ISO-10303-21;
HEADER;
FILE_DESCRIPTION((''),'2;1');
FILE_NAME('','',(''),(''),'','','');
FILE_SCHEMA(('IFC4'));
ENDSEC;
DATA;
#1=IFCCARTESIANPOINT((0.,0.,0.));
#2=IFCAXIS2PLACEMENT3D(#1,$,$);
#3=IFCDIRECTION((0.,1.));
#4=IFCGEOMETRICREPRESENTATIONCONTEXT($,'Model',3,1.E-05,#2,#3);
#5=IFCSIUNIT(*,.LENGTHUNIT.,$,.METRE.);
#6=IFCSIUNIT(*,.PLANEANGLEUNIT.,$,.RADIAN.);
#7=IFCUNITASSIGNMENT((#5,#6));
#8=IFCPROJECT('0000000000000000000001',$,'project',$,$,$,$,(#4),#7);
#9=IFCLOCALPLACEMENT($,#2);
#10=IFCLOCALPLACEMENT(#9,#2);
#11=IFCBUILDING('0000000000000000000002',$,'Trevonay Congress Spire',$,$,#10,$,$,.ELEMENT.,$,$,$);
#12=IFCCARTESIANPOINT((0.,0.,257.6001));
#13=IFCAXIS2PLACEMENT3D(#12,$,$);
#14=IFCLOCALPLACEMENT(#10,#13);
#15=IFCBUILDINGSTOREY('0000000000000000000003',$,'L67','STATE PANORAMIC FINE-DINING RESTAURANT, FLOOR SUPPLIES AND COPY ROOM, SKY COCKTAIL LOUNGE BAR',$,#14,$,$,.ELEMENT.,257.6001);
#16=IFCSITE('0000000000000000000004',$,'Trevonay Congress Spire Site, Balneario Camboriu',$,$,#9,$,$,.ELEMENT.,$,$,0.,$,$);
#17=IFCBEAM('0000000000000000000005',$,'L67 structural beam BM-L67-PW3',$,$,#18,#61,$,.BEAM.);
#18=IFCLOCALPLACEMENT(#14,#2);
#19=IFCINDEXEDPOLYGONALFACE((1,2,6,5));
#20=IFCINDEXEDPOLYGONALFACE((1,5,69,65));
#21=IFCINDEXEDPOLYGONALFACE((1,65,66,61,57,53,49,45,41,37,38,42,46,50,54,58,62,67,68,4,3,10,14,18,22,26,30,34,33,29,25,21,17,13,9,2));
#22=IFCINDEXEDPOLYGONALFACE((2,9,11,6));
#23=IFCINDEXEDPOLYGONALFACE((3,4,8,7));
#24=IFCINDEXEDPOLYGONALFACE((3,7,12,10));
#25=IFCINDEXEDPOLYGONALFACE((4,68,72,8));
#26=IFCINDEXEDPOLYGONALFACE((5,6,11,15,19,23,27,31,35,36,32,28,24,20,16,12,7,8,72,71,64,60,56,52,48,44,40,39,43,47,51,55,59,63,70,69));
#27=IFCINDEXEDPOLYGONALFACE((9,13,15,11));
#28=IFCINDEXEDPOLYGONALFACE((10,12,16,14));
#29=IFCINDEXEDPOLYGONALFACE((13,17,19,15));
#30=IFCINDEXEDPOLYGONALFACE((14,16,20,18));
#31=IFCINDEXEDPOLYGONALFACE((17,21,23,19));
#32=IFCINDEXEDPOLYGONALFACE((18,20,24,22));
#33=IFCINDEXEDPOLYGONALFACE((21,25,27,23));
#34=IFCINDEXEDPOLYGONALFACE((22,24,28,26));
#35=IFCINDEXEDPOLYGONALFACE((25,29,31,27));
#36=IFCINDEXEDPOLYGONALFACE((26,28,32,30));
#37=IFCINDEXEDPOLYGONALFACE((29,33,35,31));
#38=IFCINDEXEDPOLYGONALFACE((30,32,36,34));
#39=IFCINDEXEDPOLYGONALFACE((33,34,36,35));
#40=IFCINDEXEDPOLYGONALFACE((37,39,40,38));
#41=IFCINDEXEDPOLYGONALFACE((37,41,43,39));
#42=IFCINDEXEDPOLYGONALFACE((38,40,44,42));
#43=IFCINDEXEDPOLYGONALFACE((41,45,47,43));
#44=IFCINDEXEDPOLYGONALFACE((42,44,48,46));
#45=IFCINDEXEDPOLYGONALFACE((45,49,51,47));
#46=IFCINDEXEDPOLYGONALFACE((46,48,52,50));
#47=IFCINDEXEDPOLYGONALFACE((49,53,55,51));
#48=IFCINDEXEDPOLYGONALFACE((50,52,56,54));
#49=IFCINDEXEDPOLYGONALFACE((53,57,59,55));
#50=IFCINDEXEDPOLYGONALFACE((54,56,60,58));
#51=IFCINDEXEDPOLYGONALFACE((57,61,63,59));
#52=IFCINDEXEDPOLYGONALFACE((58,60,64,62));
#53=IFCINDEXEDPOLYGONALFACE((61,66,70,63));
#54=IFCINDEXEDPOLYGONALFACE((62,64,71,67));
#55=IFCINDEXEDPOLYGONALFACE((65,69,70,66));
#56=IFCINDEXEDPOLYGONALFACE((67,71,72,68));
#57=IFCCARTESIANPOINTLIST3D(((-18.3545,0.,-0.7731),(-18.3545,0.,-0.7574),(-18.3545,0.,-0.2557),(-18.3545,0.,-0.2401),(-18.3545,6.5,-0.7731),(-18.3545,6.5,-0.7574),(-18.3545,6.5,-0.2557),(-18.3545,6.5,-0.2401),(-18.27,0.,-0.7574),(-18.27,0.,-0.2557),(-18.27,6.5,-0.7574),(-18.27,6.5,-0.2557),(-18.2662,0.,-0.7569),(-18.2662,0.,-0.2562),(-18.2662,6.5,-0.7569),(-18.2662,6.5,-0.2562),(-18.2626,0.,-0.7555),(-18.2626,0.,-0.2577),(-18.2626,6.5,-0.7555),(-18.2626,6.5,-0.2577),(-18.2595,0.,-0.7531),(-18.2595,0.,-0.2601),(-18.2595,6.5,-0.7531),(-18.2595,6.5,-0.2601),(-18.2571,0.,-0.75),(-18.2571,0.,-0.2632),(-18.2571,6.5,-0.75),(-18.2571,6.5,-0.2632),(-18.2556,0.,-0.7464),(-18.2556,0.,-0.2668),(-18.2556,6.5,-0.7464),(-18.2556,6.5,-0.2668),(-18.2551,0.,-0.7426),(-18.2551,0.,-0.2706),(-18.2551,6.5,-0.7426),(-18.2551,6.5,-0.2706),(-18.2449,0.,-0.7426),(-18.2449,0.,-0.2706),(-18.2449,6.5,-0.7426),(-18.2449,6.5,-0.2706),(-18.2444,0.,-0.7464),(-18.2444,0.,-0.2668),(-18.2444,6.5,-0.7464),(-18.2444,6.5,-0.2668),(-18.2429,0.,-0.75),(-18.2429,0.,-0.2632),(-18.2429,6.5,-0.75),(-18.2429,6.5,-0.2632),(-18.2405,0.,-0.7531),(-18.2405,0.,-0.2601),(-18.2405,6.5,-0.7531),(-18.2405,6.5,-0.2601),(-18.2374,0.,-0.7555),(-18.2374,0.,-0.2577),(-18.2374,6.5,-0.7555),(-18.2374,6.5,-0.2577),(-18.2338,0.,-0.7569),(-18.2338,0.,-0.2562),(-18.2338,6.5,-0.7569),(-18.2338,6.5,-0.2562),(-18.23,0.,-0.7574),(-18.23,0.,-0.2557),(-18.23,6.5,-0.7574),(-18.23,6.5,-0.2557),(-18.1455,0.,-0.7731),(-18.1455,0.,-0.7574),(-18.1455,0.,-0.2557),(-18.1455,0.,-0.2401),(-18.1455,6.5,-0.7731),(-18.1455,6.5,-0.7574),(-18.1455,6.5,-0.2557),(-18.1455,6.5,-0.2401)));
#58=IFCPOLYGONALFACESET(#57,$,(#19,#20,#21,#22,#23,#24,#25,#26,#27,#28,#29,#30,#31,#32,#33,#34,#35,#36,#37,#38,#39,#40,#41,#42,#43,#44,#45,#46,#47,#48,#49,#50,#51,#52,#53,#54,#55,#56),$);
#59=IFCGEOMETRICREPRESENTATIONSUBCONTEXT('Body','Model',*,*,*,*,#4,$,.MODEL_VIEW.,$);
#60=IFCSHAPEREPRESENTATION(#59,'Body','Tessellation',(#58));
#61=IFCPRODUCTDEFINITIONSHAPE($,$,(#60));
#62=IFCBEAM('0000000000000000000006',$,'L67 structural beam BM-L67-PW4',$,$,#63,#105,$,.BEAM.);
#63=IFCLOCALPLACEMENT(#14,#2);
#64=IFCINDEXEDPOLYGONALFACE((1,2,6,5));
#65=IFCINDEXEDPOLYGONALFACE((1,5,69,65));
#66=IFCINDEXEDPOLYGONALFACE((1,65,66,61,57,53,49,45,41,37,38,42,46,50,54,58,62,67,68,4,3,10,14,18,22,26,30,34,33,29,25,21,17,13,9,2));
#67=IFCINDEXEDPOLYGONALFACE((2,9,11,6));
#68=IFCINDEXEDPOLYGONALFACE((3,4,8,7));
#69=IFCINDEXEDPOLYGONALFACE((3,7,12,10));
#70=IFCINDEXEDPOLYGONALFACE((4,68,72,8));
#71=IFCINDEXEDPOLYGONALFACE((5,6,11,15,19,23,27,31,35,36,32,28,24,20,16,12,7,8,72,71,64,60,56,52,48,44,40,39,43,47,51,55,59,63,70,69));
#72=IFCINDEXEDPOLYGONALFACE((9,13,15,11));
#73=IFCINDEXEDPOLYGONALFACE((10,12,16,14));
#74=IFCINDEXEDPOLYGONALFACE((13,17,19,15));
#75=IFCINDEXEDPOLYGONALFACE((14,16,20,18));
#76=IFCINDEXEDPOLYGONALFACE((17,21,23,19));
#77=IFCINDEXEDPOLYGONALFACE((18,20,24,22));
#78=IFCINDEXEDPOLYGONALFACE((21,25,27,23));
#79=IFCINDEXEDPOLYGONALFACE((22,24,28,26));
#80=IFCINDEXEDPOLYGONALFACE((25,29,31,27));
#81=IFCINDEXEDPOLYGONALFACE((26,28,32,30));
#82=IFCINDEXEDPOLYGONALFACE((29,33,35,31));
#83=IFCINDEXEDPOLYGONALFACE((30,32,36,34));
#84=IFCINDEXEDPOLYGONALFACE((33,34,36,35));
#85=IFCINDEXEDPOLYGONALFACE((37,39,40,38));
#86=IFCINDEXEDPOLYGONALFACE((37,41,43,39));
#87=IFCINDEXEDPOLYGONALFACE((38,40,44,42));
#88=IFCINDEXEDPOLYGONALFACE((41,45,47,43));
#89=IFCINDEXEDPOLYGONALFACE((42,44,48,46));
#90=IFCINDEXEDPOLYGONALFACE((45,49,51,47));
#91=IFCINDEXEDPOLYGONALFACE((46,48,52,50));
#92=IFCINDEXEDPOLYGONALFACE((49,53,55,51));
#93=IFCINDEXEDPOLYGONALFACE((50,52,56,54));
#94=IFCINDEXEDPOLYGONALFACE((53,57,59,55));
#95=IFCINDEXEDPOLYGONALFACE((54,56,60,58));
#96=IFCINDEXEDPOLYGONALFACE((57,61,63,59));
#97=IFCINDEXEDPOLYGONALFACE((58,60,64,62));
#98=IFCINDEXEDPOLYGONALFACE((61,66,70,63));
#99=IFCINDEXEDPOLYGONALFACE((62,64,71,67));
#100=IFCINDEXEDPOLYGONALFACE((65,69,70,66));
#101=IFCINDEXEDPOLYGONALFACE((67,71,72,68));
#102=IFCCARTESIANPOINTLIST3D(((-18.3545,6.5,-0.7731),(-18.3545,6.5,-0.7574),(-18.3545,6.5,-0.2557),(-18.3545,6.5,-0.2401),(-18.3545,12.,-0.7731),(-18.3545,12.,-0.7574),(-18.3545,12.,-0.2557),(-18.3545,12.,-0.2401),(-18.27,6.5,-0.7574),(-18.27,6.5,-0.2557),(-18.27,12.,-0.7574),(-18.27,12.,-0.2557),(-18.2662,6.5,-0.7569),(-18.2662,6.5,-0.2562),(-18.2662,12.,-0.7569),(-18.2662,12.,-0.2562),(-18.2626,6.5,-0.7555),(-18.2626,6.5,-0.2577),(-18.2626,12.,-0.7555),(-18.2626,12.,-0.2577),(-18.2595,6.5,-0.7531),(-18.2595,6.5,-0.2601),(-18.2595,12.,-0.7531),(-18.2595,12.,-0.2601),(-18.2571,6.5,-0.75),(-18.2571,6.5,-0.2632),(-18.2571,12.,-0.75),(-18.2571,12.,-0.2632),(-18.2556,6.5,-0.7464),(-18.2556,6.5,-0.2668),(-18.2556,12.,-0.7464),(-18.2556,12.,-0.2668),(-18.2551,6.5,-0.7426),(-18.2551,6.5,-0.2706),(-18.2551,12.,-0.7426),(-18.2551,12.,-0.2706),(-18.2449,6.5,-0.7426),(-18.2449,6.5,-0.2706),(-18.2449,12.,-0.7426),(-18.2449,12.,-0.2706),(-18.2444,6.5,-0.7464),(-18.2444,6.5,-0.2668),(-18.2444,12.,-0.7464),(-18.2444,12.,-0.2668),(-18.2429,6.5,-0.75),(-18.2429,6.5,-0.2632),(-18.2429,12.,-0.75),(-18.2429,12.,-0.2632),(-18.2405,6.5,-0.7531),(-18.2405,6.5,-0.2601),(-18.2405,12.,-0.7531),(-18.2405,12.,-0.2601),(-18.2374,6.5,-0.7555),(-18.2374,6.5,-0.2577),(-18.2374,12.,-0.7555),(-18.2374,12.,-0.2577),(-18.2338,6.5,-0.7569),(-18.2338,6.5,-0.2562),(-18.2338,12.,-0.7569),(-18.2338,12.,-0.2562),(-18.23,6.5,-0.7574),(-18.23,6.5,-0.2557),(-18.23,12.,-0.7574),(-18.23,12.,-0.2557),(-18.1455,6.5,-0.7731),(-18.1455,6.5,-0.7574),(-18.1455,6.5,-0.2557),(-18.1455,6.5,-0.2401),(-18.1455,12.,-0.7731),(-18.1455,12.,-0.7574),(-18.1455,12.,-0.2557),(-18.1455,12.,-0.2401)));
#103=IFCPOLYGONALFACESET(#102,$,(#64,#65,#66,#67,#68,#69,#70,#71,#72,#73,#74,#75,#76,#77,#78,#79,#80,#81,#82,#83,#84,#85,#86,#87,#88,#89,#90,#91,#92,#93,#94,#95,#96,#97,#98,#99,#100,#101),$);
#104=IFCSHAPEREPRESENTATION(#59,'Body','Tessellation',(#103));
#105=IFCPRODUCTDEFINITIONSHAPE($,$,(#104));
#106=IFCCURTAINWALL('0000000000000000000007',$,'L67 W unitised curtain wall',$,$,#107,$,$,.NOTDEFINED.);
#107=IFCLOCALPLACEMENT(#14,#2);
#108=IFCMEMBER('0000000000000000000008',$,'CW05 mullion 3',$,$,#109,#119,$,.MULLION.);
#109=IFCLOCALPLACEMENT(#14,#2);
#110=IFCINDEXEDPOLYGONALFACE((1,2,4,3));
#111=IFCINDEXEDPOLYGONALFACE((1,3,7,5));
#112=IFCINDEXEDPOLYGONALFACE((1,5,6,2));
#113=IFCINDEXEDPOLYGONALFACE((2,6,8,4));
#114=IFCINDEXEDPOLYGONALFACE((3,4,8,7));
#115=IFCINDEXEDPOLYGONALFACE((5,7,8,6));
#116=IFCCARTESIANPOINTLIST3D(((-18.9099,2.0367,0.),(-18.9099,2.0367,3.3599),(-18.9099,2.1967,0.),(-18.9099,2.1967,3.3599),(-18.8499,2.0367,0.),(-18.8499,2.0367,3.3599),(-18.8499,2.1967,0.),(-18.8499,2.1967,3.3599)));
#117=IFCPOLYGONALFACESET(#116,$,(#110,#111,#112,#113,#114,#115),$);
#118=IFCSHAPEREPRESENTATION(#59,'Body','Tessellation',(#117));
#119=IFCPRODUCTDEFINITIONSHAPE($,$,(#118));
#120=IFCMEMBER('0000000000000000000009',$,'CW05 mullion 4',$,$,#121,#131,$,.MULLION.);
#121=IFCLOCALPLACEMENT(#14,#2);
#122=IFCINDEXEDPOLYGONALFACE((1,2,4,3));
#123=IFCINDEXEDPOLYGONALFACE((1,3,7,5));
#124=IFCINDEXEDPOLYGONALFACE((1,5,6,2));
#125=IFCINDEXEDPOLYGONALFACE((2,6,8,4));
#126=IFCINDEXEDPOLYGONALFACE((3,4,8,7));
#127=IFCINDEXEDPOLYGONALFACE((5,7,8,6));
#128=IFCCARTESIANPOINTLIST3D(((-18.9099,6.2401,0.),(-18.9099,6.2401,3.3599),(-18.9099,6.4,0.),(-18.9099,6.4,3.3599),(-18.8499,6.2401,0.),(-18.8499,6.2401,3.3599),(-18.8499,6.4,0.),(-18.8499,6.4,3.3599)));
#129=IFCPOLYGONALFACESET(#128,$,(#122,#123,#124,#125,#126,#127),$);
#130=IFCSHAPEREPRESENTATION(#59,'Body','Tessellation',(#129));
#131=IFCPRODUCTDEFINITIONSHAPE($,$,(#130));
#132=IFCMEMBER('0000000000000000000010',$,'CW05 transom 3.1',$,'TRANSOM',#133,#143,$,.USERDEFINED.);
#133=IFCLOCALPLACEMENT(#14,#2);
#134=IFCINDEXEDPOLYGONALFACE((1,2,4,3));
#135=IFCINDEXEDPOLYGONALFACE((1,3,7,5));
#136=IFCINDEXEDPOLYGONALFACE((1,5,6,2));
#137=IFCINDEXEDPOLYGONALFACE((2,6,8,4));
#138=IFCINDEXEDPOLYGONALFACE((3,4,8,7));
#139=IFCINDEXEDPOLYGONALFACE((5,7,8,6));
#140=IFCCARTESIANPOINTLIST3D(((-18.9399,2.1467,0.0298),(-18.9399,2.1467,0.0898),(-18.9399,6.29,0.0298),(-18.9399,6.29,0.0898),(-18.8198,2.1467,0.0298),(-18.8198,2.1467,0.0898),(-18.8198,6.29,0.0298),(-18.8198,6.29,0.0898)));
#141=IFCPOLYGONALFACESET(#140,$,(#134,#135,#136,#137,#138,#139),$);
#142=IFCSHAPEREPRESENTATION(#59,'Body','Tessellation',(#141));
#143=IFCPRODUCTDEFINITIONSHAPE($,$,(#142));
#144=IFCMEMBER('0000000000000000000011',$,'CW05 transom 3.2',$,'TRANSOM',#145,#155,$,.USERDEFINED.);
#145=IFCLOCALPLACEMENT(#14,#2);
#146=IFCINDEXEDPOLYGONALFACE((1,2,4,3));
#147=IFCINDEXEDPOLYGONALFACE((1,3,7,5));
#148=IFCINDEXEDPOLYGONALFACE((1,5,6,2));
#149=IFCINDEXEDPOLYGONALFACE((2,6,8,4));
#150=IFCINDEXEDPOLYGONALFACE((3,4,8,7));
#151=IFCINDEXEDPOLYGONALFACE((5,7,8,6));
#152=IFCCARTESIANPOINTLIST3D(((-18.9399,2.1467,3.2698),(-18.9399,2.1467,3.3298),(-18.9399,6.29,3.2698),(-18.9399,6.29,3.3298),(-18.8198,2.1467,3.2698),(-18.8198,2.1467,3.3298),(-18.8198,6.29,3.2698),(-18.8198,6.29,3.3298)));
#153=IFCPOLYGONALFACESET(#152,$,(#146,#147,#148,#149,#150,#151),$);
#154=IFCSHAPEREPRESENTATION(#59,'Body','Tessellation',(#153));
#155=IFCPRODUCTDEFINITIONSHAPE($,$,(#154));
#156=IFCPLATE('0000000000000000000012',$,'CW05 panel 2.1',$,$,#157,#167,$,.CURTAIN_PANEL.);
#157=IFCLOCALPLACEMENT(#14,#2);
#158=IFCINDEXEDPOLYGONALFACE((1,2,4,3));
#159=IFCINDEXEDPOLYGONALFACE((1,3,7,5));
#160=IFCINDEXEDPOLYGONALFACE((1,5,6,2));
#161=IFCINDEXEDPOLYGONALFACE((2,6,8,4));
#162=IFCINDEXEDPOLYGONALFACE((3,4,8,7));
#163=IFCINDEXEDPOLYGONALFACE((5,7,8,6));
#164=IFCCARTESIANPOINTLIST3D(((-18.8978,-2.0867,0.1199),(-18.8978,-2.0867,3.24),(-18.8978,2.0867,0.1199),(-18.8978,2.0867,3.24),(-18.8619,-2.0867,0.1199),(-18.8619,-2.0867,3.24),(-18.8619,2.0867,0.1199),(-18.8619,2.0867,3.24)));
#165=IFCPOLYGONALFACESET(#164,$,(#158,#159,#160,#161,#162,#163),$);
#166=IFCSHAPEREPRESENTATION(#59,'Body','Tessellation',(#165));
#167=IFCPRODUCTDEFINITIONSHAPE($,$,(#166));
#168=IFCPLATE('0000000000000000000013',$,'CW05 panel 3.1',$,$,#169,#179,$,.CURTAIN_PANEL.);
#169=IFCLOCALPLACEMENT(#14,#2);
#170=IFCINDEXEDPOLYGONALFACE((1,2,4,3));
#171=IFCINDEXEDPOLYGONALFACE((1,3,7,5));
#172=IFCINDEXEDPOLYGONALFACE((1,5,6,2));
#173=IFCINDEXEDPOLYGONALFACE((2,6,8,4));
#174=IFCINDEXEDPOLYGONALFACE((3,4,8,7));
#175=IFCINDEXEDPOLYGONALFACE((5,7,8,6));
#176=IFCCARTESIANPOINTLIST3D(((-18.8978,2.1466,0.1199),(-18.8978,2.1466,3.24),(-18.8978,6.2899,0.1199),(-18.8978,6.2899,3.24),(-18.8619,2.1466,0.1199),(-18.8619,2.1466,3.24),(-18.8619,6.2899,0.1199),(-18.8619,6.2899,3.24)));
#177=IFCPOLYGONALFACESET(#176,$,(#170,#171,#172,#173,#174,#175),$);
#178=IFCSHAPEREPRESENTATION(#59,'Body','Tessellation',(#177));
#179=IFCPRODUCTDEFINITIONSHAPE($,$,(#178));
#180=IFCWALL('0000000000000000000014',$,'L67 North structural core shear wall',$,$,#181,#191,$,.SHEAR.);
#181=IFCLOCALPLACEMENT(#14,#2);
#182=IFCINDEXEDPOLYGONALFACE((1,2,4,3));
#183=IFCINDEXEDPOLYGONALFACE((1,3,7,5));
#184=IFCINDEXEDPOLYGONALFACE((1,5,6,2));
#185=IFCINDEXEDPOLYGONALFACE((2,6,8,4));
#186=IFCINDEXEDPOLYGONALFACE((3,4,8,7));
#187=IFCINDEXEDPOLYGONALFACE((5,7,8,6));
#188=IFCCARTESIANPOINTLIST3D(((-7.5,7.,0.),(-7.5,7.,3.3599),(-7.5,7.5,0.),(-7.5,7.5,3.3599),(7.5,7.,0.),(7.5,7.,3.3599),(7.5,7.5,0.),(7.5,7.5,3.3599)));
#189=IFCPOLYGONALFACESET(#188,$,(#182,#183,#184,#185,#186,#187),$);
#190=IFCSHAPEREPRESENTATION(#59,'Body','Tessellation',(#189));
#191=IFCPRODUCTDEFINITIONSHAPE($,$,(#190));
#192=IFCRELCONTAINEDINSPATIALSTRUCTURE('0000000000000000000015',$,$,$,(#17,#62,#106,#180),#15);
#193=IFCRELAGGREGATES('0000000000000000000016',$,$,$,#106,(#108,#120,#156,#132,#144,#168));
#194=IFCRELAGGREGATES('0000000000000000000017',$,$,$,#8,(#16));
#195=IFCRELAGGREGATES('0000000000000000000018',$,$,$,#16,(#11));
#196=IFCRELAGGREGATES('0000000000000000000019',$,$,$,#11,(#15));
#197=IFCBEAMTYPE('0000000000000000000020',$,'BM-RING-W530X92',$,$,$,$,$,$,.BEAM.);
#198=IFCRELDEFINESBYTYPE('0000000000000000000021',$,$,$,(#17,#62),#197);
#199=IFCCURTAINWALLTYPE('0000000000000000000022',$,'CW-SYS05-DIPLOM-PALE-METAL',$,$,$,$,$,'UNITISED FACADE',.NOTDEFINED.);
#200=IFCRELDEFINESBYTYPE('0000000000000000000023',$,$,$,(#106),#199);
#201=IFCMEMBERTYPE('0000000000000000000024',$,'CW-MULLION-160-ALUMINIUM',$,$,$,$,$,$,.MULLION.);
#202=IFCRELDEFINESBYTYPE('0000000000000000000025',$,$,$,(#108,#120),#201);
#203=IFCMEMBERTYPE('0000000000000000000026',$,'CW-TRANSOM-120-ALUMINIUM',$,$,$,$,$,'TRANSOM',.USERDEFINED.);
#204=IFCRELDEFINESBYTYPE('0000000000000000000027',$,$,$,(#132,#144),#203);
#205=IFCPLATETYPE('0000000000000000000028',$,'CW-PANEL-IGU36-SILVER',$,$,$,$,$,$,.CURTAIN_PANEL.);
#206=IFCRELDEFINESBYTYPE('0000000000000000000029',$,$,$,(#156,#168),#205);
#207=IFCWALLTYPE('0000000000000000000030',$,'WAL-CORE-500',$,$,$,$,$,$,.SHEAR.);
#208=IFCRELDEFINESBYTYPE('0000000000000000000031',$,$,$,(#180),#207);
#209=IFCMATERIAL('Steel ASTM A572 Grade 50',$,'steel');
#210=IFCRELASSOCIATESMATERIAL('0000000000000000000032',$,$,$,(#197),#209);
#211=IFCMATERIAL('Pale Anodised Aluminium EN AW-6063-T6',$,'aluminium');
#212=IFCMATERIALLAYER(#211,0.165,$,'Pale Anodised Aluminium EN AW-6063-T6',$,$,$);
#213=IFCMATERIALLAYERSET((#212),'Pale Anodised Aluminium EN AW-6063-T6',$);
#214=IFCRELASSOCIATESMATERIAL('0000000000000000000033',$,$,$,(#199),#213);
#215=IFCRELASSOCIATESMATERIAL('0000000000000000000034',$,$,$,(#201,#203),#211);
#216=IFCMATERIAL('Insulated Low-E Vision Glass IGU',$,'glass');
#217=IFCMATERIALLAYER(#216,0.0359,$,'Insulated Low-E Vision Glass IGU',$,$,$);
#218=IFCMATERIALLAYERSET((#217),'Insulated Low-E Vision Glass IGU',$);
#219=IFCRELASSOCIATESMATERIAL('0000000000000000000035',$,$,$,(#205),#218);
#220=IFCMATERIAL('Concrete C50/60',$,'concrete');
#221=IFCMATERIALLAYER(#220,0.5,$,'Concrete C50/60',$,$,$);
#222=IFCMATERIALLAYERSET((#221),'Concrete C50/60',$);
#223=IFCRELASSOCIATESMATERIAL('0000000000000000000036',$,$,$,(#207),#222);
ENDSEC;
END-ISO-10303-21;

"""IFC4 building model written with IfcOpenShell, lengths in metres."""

from ifc_helpers import new_model, si_unit, direction, frame, frame_2d, origin, origin_2d, place, context, subcontext, project, spatial, rectangle, i_section, extrude, material, layer, layer_set, material_profile, profile_set, type_object, element, aggregate, save


model = new_model("IFC4")

# Units and contexts
model_context = context("Model", 3, precision=1e-05, world=origin(), true_north=direction((0.0, 1.0)))
body_context = subcontext(model_context, "Body", "Model", "MODEL_VIEW")
ifc_project = project(units=[si_unit("LENGTHUNIT", "METRE"), si_unit("PLANEANGLEUNIT", "RADIAN")], contexts=[model_context])

# Site, building, storey
site_placement = place(None, origin())
site = spatial("IfcSite", under=ifc_project, at=site_placement, Name="Trevonay Congress Spire Site, Balneario Camboriu", CompositionType="ELEMENT", RefElevation=0.0)
building_placement = place(site_placement, origin())
building = spatial("IfcBuilding", under=site, at=building_placement, Name="Trevonay Congress Spire", CompositionType="ELEMENT")
storey_placement = place(building_placement, frame((0.0, 0.0, 257.6001)))
storey = spatial("IfcBuildingStorey", under=building, at=storey_placement, Name="L67", Description="STATE PANORAMIC FINE-DINING RESTAURANT, FLOOR SUPPLIES AND COPY ROOM, SKY COCKTAIL LOUNGE BAR", CompositionType="ELEMENT", Elevation=257.6001)

# Shared definitions
ifc_material_1 = material(Name="Steel ASTM A572 Grade 50", Category="steel")

# Beams
ifc_material_profile_1 = material_profile(ifc_material_1, i_section(OverallWidth=0.209, OverallDepth=0.533, WebThickness=0.0103, FlangeThickness=0.0156, FilletRadius=0.0149, at=origin_2d()), Name="W530x92")
ifc_profile_set_1 = profile_set([ifc_material_profile_1], Name="Steel ASTM A572 Grade 50")
beam_type_1 = type_object("IfcBeamType", Name="BM-RING-W530X92", PredefinedType="BEAM", material=ifc_profile_set_1)
beam_1_placement = place(storey_placement, frame((-18.25, 0.0, -0.5066), z_axis=(0.0, 1.0, 0.0), x_axis=(-1.0, 0.0, 0.0)))
element("IfcBeam", 1, at=beam_1_placement, inside=storey, type_object=beam_type_1, Name="L67 structural beam BM-L67-PW3", PredefinedType="BEAM", context=body_context, shape_type="SweptSolid", body=[
    extrude(i_section(OverallWidth=0.209, OverallDepth=0.533, WebThickness=0.0103, FlangeThickness=0.0156, FilletRadius=0.0149, at=origin_2d()), origin(), (0.0, 0.0, 1.0), 6.5),
])
beam_2_placement = place(storey_placement, frame((-18.25, 6.5, -0.5066), z_axis=(0.0, 1.0, 0.0), x_axis=(-1.0, 0.0, 0.0)))
element("IfcBeam", 2, at=beam_2_placement, inside=storey, type_object=beam_type_1, Name="L67 structural beam BM-L67-PW4", PredefinedType="BEAM", context=body_context, shape_type="SweptSolid", body=[
    extrude(i_section(OverallWidth=0.209, OverallDepth=0.533, WebThickness=0.0103, FlangeThickness=0.0156, FilletRadius=0.0149, at=origin_2d()), origin(), (0.0, 0.0, 1.0), 5.5),
])

# Curtain wall, members, plates
ifc_material_2 = material(Name="Pale Anodised Aluminium EN AW-6063-T6", Category="aluminium")
ifc_layer_1 = layer(ifc_material_2, 0.165, Name="Pale Anodised Aluminium EN AW-6063-T6")
ifc_layer_set_1 = layer_set([ifc_layer_1], Name="Pale Anodised Aluminium EN AW-6063-T6")
curtain_wall_type = type_object("IfcCurtainWallType", Name="CW-SYS05-DIPLOM-PALE-METAL", ElementType="UNITISED FACADE", PredefinedType="NOTDEFINED", material=ifc_layer_set_1)
curtain_wall_placement = place(storey_placement, origin())
curtain_wall = element("IfcCurtainWall", 3, at=curtain_wall_placement, inside=storey, type_object=curtain_wall_type, Name="L67 W unitised curtain wall", PredefinedType="NOTDEFINED")
ifc_material_profile_2 = material_profile(ifc_material_2, rectangle(XDim=0.0601, YDim=0.1599, at=origin_2d()), Name="CW-MULLION-160-ALUMINIUM")
ifc_profile_set_2 = profile_set([ifc_material_profile_2], Name="Pale Anodised Aluminium EN AW-6063-T6")
member_type_1 = type_object("IfcMemberType", Name="CW-MULLION-160-ALUMINIUM", PredefinedType="MULLION", material=ifc_profile_set_2)
member_1_placement = place(storey_placement, frame((-18.8799, 2.1167, 0.0), z_axis=(0.0, 0.0, 1.0), x_axis=(-1.0, 0.0, 0.0)))
member_1 = element("IfcMember", 4, at=member_1_placement, type_object=member_type_1, Name="CW05 mullion 3", PredefinedType="MULLION", context=body_context, shape_type="SweptSolid", body=[
    extrude(rectangle(XDim=0.0601, YDim=0.1599, at=origin_2d()), origin(), (0.0, 0.0, 1.0), 3.3599),
])
member_2_placement = place(storey_placement, frame((-18.8799, 6.3201, 0.0), z_axis=(0.0, 0.0, 1.0), x_axis=(-1.0, 0.0, 0.0)))
member_2 = element("IfcMember", 5, at=member_2_placement, type_object=member_type_1, Name="CW05 mullion 4", PredefinedType="MULLION", context=body_context, shape_type="SweptSolid", body=[
    extrude(rectangle(XDim=0.0601, YDim=0.1599, at=origin_2d()), origin(), (0.0, 0.0, 1.0), 3.3599),
])
ifc_material_profile_3 = material_profile(ifc_material_2, rectangle(XDim=0.1201, YDim=0.0601, at=origin_2d()), Name="CW-TRANSOM-120-ALUMINIUM")
ifc_profile_set_3 = profile_set([ifc_material_profile_3], Name="Pale Anodised Aluminium EN AW-6063-T6")
member_type_2 = type_object("IfcMemberType", Name="CW-TRANSOM-120-ALUMINIUM", ElementType="TRANSOM", PredefinedType="USERDEFINED", material=ifc_profile_set_3)
member_3_placement = place(storey_placement, frame((-18.8799, 2.1467, 0.0598), z_axis=(0.0, 1.0, 0.0), x_axis=(-1.0, 0.0, 0.0)))
member_3 = element("IfcMember", 6, at=member_3_placement, type_object=member_type_2, Name="CW05 transom 3.1", ObjectType="TRANSOM", PredefinedType="USERDEFINED", context=body_context, shape_type="SweptSolid", body=[
    extrude(rectangle(XDim=0.1201, YDim=0.0601, at=origin_2d()), origin(), (0.0, 0.0, 1.0), 4.1433),
])
member_4_placement = place(storey_placement, frame((-18.8799, 2.1467, 3.2998), z_axis=(0.0, 1.0, 0.0), x_axis=(-1.0, 0.0, 0.0)))
member_4 = element("IfcMember", 7, at=member_4_placement, type_object=member_type_2, Name="CW05 transom 3.2", ObjectType="TRANSOM", PredefinedType="USERDEFINED", context=body_context, shape_type="SweptSolid", body=[
    extrude(rectangle(XDim=0.1201, YDim=0.0601, at=origin_2d()), origin(), (0.0, 0.0, 1.0), 4.1433),
])
ifc_material_3 = material(Name="Insulated Low-E Vision Glass IGU", Category="glass")
ifc_layer_2 = layer(ifc_material_3, 0.0359, Name="Insulated Low-E Vision Glass IGU")
ifc_layer_set_2 = layer_set([ifc_layer_2], Name="Insulated Low-E Vision Glass IGU")
plate_type = type_object("IfcPlateType", Name="CW-PANEL-IGU36-SILVER", PredefinedType="CURTAIN_PANEL", material=ifc_layer_set_2)
plate_1_placement = place(storey_placement, frame((-18.8799, 0.0, 0.1199), z_axis=(0.0, 0.0, 1.0), x_axis=(0.0, 1.0, 0.0)))
plate_1 = element("IfcPlate", 8, at=plate_1_placement, type_object=plate_type, Name="CW05 panel 2.1", PredefinedType="CURTAIN_PANEL", context=body_context, shape_type="SweptSolid", body=[
    extrude(rectangle(XDim=4.1733, YDim=0.0359, at=origin_2d()), origin(), (0.0, 0.0, 1.0), 3.1201),
])
plate_2_placement = place(storey_placement, frame((-18.8799, 4.2183, 0.1199), z_axis=(0.0, 0.0, 1.0), x_axis=(0.0, 1.0, 0.0)))
plate_2 = element("IfcPlate", 9, at=plate_2_placement, type_object=plate_type, Name="CW05 panel 3.1", PredefinedType="CURTAIN_PANEL", context=body_context, shape_type="SweptSolid", body=[
    extrude(rectangle(XDim=4.1433, YDim=0.0359, at=origin_2d()), origin(), (0.0, 0.0, 1.0), 3.1201),
])
aggregate(curtain_wall, [member_1, member_2, plate_1, member_3, member_4, plate_2])

# Wall
ifc_material_4 = material(Name="Concrete C50/60", Category="concrete")
ifc_layer_3 = layer(ifc_material_4, 0.5, Name="Concrete C50/60")
ifc_layer_set_3 = layer_set([ifc_layer_3], Name="Concrete C50/60")
wall_type_1 = type_object("IfcWallType", Name="WAL-CORE-500", PredefinedType="SHEAR", material=ifc_layer_set_3)
wall_1_placement = place(storey_placement, frame((-7.5, 7.25, 0.0), z_axis=(0.0, 0.0, 1.0), x_axis=(1.0, 0.0, 0.0)))
element("IfcWall", 10, at=wall_1_placement, inside=storey, type_object=wall_type_1, Name="L67 North structural core shear wall", PredefinedType="SHEAR", context=body_context, shape_type="SweptSolid", body=[
    extrude(rectangle(XDim=15.0, YDim=0.5, at=frame_2d((7.5, 0.0))), origin(), (0.0, 0.0, 1.0), 3.3599),
])

save(model, "model.ifc")
